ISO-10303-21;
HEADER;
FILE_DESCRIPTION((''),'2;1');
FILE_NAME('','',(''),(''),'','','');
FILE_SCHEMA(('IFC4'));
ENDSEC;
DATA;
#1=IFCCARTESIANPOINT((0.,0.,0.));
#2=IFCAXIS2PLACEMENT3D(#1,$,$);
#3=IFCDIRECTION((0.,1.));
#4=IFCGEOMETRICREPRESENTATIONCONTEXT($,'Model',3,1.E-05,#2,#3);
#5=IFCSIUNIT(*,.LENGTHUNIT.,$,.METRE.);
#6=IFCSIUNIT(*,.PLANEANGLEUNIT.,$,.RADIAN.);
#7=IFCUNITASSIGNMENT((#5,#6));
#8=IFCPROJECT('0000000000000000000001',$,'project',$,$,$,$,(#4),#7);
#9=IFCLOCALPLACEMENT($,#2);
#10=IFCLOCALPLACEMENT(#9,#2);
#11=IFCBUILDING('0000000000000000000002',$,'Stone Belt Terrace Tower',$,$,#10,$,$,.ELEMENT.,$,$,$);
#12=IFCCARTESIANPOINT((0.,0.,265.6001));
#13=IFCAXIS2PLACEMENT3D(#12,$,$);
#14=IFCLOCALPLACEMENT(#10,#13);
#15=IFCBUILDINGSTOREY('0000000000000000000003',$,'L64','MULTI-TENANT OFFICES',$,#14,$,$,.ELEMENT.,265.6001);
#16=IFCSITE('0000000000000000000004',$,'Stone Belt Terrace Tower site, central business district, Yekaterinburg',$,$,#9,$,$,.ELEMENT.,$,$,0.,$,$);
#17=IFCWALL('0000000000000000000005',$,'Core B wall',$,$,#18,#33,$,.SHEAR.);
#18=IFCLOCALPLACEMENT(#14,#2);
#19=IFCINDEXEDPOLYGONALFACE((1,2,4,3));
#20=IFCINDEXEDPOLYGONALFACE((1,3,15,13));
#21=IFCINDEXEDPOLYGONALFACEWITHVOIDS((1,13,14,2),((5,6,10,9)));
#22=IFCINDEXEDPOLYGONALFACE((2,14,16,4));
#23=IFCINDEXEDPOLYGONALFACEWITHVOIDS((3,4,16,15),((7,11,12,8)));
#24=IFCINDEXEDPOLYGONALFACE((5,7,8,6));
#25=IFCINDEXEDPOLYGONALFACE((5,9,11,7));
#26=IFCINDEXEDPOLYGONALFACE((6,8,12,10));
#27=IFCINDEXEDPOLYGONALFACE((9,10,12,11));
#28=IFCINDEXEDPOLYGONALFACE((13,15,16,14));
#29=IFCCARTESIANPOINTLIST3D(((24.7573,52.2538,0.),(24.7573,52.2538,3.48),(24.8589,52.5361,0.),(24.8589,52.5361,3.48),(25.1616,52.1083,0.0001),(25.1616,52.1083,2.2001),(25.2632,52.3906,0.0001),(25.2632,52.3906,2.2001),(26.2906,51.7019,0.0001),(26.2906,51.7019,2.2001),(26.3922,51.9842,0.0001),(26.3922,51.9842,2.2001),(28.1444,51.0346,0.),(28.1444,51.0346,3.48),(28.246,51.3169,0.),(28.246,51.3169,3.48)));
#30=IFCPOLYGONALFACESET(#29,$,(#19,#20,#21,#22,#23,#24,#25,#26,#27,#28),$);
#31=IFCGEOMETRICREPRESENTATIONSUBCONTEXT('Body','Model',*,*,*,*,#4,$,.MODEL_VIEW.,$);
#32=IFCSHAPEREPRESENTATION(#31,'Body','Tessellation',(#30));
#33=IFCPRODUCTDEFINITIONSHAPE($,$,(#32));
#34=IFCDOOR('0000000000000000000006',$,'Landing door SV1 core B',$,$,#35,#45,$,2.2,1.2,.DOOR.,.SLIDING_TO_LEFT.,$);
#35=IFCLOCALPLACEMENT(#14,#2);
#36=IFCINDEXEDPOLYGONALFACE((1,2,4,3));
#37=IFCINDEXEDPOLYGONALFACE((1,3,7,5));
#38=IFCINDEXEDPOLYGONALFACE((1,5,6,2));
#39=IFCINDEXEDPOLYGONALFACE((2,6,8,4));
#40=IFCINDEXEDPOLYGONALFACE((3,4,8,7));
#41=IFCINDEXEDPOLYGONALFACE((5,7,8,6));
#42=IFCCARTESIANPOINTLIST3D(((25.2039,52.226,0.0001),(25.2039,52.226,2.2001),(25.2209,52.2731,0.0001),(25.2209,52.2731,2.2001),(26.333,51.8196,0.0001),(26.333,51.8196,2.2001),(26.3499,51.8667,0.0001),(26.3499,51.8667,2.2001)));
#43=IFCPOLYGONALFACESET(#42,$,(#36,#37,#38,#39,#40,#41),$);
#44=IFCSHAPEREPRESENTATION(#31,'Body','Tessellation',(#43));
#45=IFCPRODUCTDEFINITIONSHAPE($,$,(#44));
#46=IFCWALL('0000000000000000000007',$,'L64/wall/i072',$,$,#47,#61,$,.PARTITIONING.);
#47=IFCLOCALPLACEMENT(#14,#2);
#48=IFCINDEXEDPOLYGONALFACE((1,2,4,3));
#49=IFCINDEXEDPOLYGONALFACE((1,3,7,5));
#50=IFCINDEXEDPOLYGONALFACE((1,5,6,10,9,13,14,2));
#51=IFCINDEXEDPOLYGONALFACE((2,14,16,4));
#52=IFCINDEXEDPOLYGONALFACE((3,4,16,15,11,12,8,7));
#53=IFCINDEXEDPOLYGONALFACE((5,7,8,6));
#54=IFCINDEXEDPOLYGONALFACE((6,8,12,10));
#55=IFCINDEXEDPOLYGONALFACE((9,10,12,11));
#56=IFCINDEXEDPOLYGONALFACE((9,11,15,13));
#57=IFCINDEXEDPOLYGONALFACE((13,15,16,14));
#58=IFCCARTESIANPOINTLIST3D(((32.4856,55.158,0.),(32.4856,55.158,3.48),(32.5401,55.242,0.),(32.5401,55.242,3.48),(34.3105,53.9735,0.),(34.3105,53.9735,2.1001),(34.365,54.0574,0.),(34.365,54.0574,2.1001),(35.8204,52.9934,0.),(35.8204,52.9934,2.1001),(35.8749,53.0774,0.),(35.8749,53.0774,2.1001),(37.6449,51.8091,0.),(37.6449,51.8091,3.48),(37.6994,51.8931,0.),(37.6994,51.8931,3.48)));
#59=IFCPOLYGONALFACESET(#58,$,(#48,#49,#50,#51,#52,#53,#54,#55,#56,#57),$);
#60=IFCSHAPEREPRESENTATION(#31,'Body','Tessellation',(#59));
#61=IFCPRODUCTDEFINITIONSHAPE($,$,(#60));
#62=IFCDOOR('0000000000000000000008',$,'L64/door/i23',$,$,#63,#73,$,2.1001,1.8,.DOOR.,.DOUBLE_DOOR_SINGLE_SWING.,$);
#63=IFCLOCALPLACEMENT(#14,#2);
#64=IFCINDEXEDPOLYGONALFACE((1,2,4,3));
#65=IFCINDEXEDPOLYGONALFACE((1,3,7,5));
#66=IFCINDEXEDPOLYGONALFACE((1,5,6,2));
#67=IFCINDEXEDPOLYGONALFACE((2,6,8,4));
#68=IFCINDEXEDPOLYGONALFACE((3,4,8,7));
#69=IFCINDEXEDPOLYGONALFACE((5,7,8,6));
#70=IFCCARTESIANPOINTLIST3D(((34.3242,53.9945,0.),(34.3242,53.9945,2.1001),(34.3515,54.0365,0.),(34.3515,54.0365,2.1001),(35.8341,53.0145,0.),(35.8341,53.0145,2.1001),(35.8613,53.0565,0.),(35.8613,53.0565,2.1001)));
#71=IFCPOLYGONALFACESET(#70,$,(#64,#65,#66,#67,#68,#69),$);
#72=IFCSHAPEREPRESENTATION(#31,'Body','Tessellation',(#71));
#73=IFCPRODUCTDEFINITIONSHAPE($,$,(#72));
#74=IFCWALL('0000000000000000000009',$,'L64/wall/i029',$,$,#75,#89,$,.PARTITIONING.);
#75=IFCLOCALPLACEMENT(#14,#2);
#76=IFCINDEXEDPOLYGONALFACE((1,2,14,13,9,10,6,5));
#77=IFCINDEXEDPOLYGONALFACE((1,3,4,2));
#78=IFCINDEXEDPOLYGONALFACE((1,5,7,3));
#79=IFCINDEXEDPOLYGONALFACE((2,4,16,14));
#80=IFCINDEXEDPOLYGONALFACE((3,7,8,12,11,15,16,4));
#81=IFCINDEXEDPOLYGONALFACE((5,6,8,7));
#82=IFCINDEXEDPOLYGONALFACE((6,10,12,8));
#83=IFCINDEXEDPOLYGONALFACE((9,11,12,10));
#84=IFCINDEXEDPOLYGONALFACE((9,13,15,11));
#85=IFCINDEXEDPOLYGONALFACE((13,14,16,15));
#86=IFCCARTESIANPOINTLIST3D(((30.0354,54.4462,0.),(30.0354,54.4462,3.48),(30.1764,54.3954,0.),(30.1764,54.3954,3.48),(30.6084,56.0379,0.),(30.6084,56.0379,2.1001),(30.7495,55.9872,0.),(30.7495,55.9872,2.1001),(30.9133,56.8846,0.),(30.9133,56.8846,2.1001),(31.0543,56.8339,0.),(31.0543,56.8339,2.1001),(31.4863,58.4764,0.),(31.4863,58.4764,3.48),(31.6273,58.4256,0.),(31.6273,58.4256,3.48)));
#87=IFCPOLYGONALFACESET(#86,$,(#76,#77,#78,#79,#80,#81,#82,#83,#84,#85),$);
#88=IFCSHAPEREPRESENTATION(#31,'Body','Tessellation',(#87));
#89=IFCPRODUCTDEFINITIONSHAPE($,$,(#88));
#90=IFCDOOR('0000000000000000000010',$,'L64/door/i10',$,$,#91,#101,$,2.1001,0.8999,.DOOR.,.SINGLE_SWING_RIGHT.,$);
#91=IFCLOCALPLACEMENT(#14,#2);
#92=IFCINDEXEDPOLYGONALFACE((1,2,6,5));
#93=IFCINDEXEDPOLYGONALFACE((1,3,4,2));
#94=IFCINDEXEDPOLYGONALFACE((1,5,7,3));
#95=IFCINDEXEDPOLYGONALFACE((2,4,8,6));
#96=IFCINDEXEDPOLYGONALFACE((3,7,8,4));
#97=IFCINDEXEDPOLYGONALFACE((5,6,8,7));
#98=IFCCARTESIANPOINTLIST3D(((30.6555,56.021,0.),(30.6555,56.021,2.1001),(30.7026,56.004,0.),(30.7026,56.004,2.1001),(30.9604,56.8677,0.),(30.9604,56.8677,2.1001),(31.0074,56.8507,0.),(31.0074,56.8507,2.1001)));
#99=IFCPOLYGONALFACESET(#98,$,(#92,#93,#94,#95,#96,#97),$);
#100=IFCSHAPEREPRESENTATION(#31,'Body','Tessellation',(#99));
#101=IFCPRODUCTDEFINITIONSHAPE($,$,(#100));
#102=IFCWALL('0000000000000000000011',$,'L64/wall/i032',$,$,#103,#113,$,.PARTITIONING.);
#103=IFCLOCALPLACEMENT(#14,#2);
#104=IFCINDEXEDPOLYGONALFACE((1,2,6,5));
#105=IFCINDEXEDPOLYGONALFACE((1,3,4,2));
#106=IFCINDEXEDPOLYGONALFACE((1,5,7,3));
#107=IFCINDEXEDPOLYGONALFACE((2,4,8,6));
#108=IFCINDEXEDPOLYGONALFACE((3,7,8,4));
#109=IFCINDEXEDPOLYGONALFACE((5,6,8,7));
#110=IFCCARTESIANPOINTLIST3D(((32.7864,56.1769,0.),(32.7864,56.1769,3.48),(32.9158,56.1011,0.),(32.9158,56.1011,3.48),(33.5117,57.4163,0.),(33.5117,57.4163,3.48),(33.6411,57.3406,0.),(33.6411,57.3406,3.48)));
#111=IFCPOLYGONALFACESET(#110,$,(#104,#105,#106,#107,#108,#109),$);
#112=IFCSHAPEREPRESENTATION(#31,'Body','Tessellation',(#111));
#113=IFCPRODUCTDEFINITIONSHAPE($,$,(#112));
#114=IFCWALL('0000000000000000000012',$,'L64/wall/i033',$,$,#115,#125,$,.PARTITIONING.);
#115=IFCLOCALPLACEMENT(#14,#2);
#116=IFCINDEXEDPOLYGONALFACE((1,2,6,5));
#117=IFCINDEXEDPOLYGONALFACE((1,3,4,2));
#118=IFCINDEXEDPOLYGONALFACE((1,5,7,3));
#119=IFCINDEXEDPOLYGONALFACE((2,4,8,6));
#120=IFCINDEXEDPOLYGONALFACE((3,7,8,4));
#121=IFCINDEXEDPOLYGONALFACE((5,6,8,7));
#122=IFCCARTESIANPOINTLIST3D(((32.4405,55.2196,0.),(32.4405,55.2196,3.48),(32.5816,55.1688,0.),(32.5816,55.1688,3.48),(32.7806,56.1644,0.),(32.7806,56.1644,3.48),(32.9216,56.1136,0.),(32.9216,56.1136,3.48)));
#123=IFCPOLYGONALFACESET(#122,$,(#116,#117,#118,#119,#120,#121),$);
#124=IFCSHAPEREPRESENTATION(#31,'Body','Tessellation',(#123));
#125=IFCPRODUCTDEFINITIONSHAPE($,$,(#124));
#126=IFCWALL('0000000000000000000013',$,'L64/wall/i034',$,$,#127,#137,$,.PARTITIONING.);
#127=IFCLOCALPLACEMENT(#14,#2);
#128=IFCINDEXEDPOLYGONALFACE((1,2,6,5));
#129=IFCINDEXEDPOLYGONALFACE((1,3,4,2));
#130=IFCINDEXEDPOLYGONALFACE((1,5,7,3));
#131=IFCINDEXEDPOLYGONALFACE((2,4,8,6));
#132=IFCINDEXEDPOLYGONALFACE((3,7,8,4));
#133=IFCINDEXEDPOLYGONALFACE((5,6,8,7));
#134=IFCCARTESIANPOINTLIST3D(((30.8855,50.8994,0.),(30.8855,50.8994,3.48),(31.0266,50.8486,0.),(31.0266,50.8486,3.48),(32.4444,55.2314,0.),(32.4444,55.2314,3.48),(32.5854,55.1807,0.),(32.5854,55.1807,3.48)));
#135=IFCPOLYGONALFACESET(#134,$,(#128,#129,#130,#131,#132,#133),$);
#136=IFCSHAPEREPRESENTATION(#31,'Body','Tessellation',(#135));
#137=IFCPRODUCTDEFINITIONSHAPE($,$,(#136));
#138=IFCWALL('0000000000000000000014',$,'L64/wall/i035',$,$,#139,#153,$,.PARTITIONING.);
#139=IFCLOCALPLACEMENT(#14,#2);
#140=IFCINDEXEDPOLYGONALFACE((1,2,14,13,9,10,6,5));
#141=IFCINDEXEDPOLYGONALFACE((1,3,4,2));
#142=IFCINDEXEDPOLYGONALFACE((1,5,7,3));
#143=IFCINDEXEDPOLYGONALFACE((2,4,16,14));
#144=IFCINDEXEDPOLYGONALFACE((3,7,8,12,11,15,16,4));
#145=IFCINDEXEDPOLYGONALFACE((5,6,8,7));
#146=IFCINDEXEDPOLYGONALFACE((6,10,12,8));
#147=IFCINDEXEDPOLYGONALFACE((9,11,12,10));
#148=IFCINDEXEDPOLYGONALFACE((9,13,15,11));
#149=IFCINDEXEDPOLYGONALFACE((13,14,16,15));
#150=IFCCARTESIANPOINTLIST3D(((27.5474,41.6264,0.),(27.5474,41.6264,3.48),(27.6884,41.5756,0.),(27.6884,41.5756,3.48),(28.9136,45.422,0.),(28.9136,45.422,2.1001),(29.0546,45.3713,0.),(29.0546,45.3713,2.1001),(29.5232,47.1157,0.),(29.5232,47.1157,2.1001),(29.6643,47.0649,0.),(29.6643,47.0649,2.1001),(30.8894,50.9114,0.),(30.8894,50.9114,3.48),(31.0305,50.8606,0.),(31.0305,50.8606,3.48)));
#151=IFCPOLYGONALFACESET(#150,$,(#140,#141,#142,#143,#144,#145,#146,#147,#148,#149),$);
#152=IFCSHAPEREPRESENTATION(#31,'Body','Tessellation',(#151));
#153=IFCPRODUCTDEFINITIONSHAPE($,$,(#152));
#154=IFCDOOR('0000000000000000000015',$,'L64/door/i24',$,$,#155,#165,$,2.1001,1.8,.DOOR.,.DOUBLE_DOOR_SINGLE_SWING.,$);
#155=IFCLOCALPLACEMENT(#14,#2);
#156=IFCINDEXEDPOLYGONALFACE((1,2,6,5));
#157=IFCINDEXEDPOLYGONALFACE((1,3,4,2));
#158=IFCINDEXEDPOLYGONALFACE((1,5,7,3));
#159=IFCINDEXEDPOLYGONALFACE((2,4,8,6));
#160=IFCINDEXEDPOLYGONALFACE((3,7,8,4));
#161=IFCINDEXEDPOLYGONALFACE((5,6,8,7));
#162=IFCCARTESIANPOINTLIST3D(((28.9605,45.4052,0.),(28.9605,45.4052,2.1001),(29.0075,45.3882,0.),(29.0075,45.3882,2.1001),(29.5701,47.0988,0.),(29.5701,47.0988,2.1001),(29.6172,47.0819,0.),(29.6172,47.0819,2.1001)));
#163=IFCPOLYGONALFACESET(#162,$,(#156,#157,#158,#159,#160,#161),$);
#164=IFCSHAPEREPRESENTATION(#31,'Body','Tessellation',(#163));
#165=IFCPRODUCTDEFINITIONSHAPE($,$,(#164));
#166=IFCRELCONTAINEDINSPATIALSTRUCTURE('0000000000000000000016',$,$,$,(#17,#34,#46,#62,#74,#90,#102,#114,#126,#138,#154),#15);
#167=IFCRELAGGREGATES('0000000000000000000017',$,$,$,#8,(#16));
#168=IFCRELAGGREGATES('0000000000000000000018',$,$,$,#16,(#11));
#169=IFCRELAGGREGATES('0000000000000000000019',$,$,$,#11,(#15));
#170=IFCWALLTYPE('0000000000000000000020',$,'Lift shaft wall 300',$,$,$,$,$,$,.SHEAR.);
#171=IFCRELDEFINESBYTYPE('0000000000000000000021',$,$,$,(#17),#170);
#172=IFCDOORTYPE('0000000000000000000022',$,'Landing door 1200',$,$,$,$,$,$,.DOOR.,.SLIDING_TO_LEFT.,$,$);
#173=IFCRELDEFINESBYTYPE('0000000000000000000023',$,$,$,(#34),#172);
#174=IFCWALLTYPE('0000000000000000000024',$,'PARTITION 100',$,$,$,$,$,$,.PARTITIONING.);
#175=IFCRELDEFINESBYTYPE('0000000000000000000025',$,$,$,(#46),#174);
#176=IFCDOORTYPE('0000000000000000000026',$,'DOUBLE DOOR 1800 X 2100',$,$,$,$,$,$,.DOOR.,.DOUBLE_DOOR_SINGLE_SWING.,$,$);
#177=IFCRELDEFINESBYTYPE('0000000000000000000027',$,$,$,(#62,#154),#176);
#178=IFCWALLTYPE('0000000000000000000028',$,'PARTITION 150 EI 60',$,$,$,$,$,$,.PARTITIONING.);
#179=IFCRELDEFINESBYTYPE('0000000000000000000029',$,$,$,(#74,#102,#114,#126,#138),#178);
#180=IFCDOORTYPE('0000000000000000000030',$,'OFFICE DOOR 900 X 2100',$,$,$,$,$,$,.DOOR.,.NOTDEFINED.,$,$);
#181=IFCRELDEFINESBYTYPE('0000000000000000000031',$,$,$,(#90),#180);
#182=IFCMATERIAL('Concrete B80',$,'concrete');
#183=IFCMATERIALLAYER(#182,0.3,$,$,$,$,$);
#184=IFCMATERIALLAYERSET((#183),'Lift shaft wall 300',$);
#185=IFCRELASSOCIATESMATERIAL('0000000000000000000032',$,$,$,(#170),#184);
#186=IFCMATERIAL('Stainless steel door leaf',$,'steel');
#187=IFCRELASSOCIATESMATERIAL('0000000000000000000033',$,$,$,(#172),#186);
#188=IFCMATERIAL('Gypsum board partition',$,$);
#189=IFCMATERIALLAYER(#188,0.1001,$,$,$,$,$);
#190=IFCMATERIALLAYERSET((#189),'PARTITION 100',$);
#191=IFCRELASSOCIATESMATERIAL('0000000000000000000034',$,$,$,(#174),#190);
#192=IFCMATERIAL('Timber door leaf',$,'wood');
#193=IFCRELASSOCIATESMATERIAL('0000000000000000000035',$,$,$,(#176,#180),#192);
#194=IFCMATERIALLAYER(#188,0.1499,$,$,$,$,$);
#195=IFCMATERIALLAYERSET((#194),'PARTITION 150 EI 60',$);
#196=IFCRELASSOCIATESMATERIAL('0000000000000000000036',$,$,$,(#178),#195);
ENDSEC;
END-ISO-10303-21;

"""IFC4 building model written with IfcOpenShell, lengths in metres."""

from ifc_helpers import new_model, si_unit, direction, frame, frame_2d, origin, place, context, subcontext, project, spatial, rectangle, extrude, material, layer, layer_set, type_object, element, fill, save


model = new_model("IFC4")

# Units and contexts
model_context = context("Model", 3, precision=1e-05, world=origin(), true_north=direction((0.0, 1.0)))
body_context = subcontext(model_context, "Body", "Model", "MODEL_VIEW")
ifc_project = project(units=[si_unit("LENGTHUNIT", "METRE"), si_unit("PLANEANGLEUNIT", "RADIAN")], contexts=[model_context])

# Site, building, storey
site_placement = place(None, origin())
site = spatial("IfcSite", under=ifc_project, at=site_placement, Name="Stone Belt Terrace Tower site, central business district, Yekaterinburg", CompositionType="ELEMENT", RefElevation=0.0)
building_placement = place(site_placement, origin())
building = spatial("IfcBuilding", under=site, at=building_placement, Name="Stone Belt Terrace Tower", CompositionType="ELEMENT")
storey_placement = place(building_placement, frame((0.0, 0.0, 265.6001)))
storey = spatial("IfcBuildingStorey", under=building, at=storey_placement, Name="L64", Description="MULTI-TENANT OFFICES", CompositionType="ELEMENT", Elevation=265.6001)

# Walls, openings, doors
ifc_material_1 = material(Name="Concrete B80", Category="concrete")
ifc_layer_1 = layer(ifc_material_1, 0.3)
ifc_layer_set_1 = layer_set([ifc_layer_1], Name="Lift shaft wall 300")
wall_type_1 = type_object("IfcWallType", Name="Lift shaft wall 300", PredefinedType="SHEAR", material=ifc_layer_set_1)
wall_1_placement = place(storey_placement, frame((28.1951, 51.1758, 0.0), z_axis=(0.0, 0.0, 1.0), x_axis=(-0.940901, 0.338681, 0.0)))
wall_1 = element("IfcWall", 1, at=wall_1_placement, inside=storey, type_object=wall_type_1, Name="Core B wall", PredefinedType="SHEAR", context=body_context, shape_type="SweptSolid", body=[
    extrude(rectangle(XDim=3.5999, YDim=0.3, at=frame_2d((1.7998, 0.0))), origin(), (0.0, 0.0, 1.0), 3.48),
])
opening_1_placement = place(wall_1_placement, frame((1.97, 0.0, 0.0)))
opening_1 = element("IfcOpeningElement", 2, at=opening_1_placement, cuts=wall_1, PredefinedType="OPENING", context=body_context, shape_type="SweptSolid", body=[
    extrude(rectangle(XDim=1.2, YDim=2.2, at=frame_2d((0.6001, 1.1001))), frame((0.0, 0.1599, 0.0), z_axis=(0.0, -1.0, 0.0), x_axis=(1.0, 0.0, 0.0)), (0.0, 0.0, 1.0), 0.3201),
])
ifc_material_2 = material(Name="Stainless steel door leaf", Category="steel")
door_type_1 = type_object("IfcDoorType", Name="Landing door 1200", OperationType="SLIDING_TO_LEFT", PredefinedType="DOOR", material=ifc_material_2)
door_1_placement = place(opening_1_placement, origin())
door_1 = element("IfcDoor", 3, at=door_1_placement, inside=storey, type_object=door_type_1, Name="Landing door SV1 core B", OperationType="SLIDING_TO_LEFT", OverallHeight=2.2, OverallWidth=1.2, PredefinedType="DOOR", context=body_context, shape_type="SweptSolid", body=[
    extrude(rectangle(XDim=1.2, YDim=2.2, at=frame_2d((0.6001, 1.1001))), frame((0.0, 0.0249, 0.0), z_axis=(0.0, -1.0, 0.0), x_axis=(1.0, 0.0, 0.0)), (0.0, 0.0, 1.0), 0.05),
])
fill(opening_1, door_1)
ifc_material_3 = material(Name="Gypsum board partition")
ifc_layer_2 = layer(ifc_material_3, 0.1001)
ifc_layer_set_2 = layer_set([ifc_layer_2], Name="PARTITION 100")
wall_type_2 = type_object("IfcWallType", Name="PARTITION 100", PredefinedType="PARTITIONING", material=ifc_layer_set_2)
wall_2_placement = place(storey_placement, frame((37.6721, 51.8511, 0.0), z_axis=(0.0, 0.0, 1.0), x_axis=(-0.838784, 0.544464, 0.0)))
wall_2 = element("IfcWall", 4, at=wall_2_placement, inside=storey, type_object=wall_type_2, Name="L64/wall/i072", PredefinedType="PARTITIONING", context=body_context, shape_type="SweptSolid", body=[
    extrude(rectangle(XDim=6.1509, YDim=0.1001, at=frame_2d((3.0754, 0.0))), origin(), (0.0, 0.0, 1.0), 3.48),
])
opening_2_placement = place(wall_2_placement, frame((2.1753, 0.0, 0.0)))
opening_2 = element("IfcOpeningElement", 5, at=opening_2_placement, cuts=wall_2, PredefinedType="OPENING", context=body_context, shape_type="SweptSolid", body=[
    extrude(rectangle(XDim=1.8, YDim=2.1001, at=frame_2d((0.8999, 1.05))), frame((0.0, 0.0601, 0.0), z_axis=(0.0, -1.0, 0.0), x_axis=(1.0, 0.0, 0.0)), (0.0, 0.0, 1.0), 0.1201),
])
ifc_material_4 = material(Name="Timber door leaf", Category="wood")
door_type_2 = type_object("IfcDoorType", Name="DOUBLE DOOR 1800 X 2100", OperationType="DOUBLE_DOOR_SINGLE_SWING", PredefinedType="DOOR", material=ifc_material_4)
door_2_placement = place(opening_2_placement, origin())
door_2 = element("IfcDoor", 6, at=door_2_placement, inside=storey, type_object=door_type_2, Name="L64/door/i23", OperationType="DOUBLE_DOOR_SINGLE_SWING", OverallHeight=2.1001, OverallWidth=1.8, PredefinedType="DOOR", context=body_context, shape_type="SweptSolid", body=[
    extrude(rectangle(XDim=1.8, YDim=2.1001, at=frame_2d((0.8999, 1.05))), frame((0.0, 0.0249, 0.0), z_axis=(0.0, -1.0, 0.0), x_axis=(1.0, 0.0, 0.0)), (0.0, 0.0, 1.0), 0.05),
])
fill(opening_2, door_2)
ifc_layer_3 = layer(ifc_material_3, 0.1499)
ifc_layer_set_3 = layer_set([ifc_layer_3], Name="PARTITION 150 EI 60")
wall_type_3 = type_object("IfcWallType", Name="PARTITION 150 EI 60", PredefinedType="PARTITIONING", material=ifc_layer_set_3)
wall_3_placement = place(storey_placement, frame((30.106, 54.4209, 0.0), z_axis=(0.0, 0.0, 1.0), x_axis=(0.338726, 0.940885, 0.0)))
wall_3 = element("IfcWall", 7, at=wall_3_placement, inside=storey, type_object=wall_type_3, Name="L64/wall/i029", PredefinedType="PARTITIONING", context=body_context, shape_type="SweptSolid", body=[
    extrude(rectangle(XDim=4.2834, YDim=0.1499, at=frame_2d((2.1416, 0.0))), origin(), (0.0, 0.0, 1.0), 3.48),
])
opening_3_placement = place(wall_3_placement, frame((1.6917, 0.0, 0.0)))
opening_3 = element("IfcOpeningElement", 8, at=opening_3_placement, cuts=wall_3, PredefinedType="OPENING", context=body_context, shape_type="SweptSolid", body=[
    extrude(rectangle(XDim=0.8999, YDim=2.1001, at=frame_2d((0.45, 1.05))), frame((0.0, 0.085, 0.0), z_axis=(0.0, -1.0, 0.0), x_axis=(1.0, 0.0, 0.0)), (0.0, 0.0, 1.0), 0.1699),
])
door_type_3 = type_object("IfcDoorType", Name="OFFICE DOOR 900 X 2100", OperationType="NOTDEFINED", PredefinedType="DOOR", material=ifc_material_4)
door_3_placement = place(opening_3_placement, origin())
door_3 = element("IfcDoor", 9, at=door_3_placement, inside=storey, type_object=door_type_3, Name="L64/door/i10", OperationType="SINGLE_SWING_RIGHT", OverallHeight=2.1001, OverallWidth=0.8999, PredefinedType="DOOR", context=body_context, shape_type="SweptSolid", body=[
    extrude(rectangle(XDim=0.8999, YDim=2.1001, at=frame_2d((0.45, 1.05))), frame((0.0, 0.0249, 0.0), z_axis=(0.0, -1.0, 0.0), x_axis=(1.0, 0.0, 0.0)), (0.0, 0.0, 1.0), 0.05),
])
fill(opening_3, door_3)

# Walls
wall_4_placement = place(storey_placement, frame((33.5764, 57.3784, 0.0), z_axis=(0.0, 0.0, 1.0), x_axis=(-0.505065, -0.863081, 0.0)))
element("IfcWall", 10, at=wall_4_placement, inside=storey, type_object=wall_type_3, Name="L64/wall/i032", PredefinedType="PARTITIONING", context=body_context, shape_type="SweptSolid", body=[
    extrude(rectangle(XDim=1.436, YDim=0.1499, at=frame_2d((0.718, 0.0))), origin(), (0.0, 0.0, 1.0), 3.48),
])
wall_5_placement = place(storey_placement, frame((32.8511, 56.1389, 0.0), z_axis=(0.0, 0.0, 1.0), x_axis=(-0.338676, -0.940903, 0.0)))
element("IfcWall", 11, at=wall_5_placement, inside=storey, type_object=wall_type_3, Name="L64/wall/i033", PredefinedType="PARTITIONING", context=body_context, shape_type="SweptSolid", body=[
    extrude(rectangle(XDim=1.0042, YDim=0.1499, at=frame_2d((0.502, 0.0))), origin(), (0.0, 0.0, 1.0), 3.48),
])
wall_6_placement = place(storey_placement, frame((32.5149, 55.2061, 0.0), z_axis=(0.0, 0.0, 1.0), x_axis=(-0.338586, -0.940935, 0.0)))
element("IfcWall", 12, at=wall_6_placement, inside=storey, type_object=wall_type_3, Name="L64/wall/i034", PredefinedType="PARTITIONING", context=body_context, shape_type="SweptSolid", body=[
    extrude(rectangle(XDim=4.604, YDim=0.1499, at=frame_2d((2.302, 0.0))), origin(), (0.0, 0.0, 1.0), 3.48),
])

# Wall, opening, door
wall_7_placement = place(storey_placement, frame((30.96, 50.886, 0.0), z_axis=(0.0, 0.0, 1.0), x_axis=(-0.338672, -0.940904, 0.0)))
wall_7 = element("IfcWall", 13, at=wall_7_placement, inside=storey, type_object=wall_type_3, Name="L64/wall/i035", PredefinedType="PARTITIONING", context=body_context, shape_type="SweptSolid", body=[
    extrude(rectangle(XDim=9.8682, YDim=0.1499, at=frame_2d((4.9341, 0.0))), origin(), (0.0, 0.0, 1.0), 3.48),
])
opening_4_placement = place(wall_7_placement, frame((4.0342, 0.0, 0.0)))
opening_4 = element("IfcOpeningElement", 14, at=opening_4_placement, cuts=wall_7, PredefinedType="OPENING", context=body_context, shape_type="SweptSolid", body=[
    extrude(rectangle(XDim=1.8, YDim=2.1001, at=frame_2d((0.8999, 1.05))), frame((0.0, 0.085, 0.0), z_axis=(0.0, -1.0, 0.0), x_axis=(1.0, 0.0, 0.0)), (0.0, 0.0, 1.0), 0.1699),
])
door_4_placement = place(opening_4_placement, origin())
door_4 = element("IfcDoor", 15, at=door_4_placement, inside=storey, type_object=door_type_2, Name="L64/door/i24", OperationType="DOUBLE_DOOR_SINGLE_SWING", OverallHeight=2.1001, OverallWidth=1.8, PredefinedType="DOOR", context=body_context, shape_type="SweptSolid", body=[
    extrude(rectangle(XDim=1.8, YDim=2.1001, at=frame_2d((0.8999, 1.05))), frame((0.0, 0.0249, 0.0), z_axis=(0.0, -1.0, 0.0), x_axis=(1.0, 0.0, 0.0)), (0.0, 0.0, 1.0), 0.05),
])
fill(opening_4, door_4)

save(model, "model.ifc")
